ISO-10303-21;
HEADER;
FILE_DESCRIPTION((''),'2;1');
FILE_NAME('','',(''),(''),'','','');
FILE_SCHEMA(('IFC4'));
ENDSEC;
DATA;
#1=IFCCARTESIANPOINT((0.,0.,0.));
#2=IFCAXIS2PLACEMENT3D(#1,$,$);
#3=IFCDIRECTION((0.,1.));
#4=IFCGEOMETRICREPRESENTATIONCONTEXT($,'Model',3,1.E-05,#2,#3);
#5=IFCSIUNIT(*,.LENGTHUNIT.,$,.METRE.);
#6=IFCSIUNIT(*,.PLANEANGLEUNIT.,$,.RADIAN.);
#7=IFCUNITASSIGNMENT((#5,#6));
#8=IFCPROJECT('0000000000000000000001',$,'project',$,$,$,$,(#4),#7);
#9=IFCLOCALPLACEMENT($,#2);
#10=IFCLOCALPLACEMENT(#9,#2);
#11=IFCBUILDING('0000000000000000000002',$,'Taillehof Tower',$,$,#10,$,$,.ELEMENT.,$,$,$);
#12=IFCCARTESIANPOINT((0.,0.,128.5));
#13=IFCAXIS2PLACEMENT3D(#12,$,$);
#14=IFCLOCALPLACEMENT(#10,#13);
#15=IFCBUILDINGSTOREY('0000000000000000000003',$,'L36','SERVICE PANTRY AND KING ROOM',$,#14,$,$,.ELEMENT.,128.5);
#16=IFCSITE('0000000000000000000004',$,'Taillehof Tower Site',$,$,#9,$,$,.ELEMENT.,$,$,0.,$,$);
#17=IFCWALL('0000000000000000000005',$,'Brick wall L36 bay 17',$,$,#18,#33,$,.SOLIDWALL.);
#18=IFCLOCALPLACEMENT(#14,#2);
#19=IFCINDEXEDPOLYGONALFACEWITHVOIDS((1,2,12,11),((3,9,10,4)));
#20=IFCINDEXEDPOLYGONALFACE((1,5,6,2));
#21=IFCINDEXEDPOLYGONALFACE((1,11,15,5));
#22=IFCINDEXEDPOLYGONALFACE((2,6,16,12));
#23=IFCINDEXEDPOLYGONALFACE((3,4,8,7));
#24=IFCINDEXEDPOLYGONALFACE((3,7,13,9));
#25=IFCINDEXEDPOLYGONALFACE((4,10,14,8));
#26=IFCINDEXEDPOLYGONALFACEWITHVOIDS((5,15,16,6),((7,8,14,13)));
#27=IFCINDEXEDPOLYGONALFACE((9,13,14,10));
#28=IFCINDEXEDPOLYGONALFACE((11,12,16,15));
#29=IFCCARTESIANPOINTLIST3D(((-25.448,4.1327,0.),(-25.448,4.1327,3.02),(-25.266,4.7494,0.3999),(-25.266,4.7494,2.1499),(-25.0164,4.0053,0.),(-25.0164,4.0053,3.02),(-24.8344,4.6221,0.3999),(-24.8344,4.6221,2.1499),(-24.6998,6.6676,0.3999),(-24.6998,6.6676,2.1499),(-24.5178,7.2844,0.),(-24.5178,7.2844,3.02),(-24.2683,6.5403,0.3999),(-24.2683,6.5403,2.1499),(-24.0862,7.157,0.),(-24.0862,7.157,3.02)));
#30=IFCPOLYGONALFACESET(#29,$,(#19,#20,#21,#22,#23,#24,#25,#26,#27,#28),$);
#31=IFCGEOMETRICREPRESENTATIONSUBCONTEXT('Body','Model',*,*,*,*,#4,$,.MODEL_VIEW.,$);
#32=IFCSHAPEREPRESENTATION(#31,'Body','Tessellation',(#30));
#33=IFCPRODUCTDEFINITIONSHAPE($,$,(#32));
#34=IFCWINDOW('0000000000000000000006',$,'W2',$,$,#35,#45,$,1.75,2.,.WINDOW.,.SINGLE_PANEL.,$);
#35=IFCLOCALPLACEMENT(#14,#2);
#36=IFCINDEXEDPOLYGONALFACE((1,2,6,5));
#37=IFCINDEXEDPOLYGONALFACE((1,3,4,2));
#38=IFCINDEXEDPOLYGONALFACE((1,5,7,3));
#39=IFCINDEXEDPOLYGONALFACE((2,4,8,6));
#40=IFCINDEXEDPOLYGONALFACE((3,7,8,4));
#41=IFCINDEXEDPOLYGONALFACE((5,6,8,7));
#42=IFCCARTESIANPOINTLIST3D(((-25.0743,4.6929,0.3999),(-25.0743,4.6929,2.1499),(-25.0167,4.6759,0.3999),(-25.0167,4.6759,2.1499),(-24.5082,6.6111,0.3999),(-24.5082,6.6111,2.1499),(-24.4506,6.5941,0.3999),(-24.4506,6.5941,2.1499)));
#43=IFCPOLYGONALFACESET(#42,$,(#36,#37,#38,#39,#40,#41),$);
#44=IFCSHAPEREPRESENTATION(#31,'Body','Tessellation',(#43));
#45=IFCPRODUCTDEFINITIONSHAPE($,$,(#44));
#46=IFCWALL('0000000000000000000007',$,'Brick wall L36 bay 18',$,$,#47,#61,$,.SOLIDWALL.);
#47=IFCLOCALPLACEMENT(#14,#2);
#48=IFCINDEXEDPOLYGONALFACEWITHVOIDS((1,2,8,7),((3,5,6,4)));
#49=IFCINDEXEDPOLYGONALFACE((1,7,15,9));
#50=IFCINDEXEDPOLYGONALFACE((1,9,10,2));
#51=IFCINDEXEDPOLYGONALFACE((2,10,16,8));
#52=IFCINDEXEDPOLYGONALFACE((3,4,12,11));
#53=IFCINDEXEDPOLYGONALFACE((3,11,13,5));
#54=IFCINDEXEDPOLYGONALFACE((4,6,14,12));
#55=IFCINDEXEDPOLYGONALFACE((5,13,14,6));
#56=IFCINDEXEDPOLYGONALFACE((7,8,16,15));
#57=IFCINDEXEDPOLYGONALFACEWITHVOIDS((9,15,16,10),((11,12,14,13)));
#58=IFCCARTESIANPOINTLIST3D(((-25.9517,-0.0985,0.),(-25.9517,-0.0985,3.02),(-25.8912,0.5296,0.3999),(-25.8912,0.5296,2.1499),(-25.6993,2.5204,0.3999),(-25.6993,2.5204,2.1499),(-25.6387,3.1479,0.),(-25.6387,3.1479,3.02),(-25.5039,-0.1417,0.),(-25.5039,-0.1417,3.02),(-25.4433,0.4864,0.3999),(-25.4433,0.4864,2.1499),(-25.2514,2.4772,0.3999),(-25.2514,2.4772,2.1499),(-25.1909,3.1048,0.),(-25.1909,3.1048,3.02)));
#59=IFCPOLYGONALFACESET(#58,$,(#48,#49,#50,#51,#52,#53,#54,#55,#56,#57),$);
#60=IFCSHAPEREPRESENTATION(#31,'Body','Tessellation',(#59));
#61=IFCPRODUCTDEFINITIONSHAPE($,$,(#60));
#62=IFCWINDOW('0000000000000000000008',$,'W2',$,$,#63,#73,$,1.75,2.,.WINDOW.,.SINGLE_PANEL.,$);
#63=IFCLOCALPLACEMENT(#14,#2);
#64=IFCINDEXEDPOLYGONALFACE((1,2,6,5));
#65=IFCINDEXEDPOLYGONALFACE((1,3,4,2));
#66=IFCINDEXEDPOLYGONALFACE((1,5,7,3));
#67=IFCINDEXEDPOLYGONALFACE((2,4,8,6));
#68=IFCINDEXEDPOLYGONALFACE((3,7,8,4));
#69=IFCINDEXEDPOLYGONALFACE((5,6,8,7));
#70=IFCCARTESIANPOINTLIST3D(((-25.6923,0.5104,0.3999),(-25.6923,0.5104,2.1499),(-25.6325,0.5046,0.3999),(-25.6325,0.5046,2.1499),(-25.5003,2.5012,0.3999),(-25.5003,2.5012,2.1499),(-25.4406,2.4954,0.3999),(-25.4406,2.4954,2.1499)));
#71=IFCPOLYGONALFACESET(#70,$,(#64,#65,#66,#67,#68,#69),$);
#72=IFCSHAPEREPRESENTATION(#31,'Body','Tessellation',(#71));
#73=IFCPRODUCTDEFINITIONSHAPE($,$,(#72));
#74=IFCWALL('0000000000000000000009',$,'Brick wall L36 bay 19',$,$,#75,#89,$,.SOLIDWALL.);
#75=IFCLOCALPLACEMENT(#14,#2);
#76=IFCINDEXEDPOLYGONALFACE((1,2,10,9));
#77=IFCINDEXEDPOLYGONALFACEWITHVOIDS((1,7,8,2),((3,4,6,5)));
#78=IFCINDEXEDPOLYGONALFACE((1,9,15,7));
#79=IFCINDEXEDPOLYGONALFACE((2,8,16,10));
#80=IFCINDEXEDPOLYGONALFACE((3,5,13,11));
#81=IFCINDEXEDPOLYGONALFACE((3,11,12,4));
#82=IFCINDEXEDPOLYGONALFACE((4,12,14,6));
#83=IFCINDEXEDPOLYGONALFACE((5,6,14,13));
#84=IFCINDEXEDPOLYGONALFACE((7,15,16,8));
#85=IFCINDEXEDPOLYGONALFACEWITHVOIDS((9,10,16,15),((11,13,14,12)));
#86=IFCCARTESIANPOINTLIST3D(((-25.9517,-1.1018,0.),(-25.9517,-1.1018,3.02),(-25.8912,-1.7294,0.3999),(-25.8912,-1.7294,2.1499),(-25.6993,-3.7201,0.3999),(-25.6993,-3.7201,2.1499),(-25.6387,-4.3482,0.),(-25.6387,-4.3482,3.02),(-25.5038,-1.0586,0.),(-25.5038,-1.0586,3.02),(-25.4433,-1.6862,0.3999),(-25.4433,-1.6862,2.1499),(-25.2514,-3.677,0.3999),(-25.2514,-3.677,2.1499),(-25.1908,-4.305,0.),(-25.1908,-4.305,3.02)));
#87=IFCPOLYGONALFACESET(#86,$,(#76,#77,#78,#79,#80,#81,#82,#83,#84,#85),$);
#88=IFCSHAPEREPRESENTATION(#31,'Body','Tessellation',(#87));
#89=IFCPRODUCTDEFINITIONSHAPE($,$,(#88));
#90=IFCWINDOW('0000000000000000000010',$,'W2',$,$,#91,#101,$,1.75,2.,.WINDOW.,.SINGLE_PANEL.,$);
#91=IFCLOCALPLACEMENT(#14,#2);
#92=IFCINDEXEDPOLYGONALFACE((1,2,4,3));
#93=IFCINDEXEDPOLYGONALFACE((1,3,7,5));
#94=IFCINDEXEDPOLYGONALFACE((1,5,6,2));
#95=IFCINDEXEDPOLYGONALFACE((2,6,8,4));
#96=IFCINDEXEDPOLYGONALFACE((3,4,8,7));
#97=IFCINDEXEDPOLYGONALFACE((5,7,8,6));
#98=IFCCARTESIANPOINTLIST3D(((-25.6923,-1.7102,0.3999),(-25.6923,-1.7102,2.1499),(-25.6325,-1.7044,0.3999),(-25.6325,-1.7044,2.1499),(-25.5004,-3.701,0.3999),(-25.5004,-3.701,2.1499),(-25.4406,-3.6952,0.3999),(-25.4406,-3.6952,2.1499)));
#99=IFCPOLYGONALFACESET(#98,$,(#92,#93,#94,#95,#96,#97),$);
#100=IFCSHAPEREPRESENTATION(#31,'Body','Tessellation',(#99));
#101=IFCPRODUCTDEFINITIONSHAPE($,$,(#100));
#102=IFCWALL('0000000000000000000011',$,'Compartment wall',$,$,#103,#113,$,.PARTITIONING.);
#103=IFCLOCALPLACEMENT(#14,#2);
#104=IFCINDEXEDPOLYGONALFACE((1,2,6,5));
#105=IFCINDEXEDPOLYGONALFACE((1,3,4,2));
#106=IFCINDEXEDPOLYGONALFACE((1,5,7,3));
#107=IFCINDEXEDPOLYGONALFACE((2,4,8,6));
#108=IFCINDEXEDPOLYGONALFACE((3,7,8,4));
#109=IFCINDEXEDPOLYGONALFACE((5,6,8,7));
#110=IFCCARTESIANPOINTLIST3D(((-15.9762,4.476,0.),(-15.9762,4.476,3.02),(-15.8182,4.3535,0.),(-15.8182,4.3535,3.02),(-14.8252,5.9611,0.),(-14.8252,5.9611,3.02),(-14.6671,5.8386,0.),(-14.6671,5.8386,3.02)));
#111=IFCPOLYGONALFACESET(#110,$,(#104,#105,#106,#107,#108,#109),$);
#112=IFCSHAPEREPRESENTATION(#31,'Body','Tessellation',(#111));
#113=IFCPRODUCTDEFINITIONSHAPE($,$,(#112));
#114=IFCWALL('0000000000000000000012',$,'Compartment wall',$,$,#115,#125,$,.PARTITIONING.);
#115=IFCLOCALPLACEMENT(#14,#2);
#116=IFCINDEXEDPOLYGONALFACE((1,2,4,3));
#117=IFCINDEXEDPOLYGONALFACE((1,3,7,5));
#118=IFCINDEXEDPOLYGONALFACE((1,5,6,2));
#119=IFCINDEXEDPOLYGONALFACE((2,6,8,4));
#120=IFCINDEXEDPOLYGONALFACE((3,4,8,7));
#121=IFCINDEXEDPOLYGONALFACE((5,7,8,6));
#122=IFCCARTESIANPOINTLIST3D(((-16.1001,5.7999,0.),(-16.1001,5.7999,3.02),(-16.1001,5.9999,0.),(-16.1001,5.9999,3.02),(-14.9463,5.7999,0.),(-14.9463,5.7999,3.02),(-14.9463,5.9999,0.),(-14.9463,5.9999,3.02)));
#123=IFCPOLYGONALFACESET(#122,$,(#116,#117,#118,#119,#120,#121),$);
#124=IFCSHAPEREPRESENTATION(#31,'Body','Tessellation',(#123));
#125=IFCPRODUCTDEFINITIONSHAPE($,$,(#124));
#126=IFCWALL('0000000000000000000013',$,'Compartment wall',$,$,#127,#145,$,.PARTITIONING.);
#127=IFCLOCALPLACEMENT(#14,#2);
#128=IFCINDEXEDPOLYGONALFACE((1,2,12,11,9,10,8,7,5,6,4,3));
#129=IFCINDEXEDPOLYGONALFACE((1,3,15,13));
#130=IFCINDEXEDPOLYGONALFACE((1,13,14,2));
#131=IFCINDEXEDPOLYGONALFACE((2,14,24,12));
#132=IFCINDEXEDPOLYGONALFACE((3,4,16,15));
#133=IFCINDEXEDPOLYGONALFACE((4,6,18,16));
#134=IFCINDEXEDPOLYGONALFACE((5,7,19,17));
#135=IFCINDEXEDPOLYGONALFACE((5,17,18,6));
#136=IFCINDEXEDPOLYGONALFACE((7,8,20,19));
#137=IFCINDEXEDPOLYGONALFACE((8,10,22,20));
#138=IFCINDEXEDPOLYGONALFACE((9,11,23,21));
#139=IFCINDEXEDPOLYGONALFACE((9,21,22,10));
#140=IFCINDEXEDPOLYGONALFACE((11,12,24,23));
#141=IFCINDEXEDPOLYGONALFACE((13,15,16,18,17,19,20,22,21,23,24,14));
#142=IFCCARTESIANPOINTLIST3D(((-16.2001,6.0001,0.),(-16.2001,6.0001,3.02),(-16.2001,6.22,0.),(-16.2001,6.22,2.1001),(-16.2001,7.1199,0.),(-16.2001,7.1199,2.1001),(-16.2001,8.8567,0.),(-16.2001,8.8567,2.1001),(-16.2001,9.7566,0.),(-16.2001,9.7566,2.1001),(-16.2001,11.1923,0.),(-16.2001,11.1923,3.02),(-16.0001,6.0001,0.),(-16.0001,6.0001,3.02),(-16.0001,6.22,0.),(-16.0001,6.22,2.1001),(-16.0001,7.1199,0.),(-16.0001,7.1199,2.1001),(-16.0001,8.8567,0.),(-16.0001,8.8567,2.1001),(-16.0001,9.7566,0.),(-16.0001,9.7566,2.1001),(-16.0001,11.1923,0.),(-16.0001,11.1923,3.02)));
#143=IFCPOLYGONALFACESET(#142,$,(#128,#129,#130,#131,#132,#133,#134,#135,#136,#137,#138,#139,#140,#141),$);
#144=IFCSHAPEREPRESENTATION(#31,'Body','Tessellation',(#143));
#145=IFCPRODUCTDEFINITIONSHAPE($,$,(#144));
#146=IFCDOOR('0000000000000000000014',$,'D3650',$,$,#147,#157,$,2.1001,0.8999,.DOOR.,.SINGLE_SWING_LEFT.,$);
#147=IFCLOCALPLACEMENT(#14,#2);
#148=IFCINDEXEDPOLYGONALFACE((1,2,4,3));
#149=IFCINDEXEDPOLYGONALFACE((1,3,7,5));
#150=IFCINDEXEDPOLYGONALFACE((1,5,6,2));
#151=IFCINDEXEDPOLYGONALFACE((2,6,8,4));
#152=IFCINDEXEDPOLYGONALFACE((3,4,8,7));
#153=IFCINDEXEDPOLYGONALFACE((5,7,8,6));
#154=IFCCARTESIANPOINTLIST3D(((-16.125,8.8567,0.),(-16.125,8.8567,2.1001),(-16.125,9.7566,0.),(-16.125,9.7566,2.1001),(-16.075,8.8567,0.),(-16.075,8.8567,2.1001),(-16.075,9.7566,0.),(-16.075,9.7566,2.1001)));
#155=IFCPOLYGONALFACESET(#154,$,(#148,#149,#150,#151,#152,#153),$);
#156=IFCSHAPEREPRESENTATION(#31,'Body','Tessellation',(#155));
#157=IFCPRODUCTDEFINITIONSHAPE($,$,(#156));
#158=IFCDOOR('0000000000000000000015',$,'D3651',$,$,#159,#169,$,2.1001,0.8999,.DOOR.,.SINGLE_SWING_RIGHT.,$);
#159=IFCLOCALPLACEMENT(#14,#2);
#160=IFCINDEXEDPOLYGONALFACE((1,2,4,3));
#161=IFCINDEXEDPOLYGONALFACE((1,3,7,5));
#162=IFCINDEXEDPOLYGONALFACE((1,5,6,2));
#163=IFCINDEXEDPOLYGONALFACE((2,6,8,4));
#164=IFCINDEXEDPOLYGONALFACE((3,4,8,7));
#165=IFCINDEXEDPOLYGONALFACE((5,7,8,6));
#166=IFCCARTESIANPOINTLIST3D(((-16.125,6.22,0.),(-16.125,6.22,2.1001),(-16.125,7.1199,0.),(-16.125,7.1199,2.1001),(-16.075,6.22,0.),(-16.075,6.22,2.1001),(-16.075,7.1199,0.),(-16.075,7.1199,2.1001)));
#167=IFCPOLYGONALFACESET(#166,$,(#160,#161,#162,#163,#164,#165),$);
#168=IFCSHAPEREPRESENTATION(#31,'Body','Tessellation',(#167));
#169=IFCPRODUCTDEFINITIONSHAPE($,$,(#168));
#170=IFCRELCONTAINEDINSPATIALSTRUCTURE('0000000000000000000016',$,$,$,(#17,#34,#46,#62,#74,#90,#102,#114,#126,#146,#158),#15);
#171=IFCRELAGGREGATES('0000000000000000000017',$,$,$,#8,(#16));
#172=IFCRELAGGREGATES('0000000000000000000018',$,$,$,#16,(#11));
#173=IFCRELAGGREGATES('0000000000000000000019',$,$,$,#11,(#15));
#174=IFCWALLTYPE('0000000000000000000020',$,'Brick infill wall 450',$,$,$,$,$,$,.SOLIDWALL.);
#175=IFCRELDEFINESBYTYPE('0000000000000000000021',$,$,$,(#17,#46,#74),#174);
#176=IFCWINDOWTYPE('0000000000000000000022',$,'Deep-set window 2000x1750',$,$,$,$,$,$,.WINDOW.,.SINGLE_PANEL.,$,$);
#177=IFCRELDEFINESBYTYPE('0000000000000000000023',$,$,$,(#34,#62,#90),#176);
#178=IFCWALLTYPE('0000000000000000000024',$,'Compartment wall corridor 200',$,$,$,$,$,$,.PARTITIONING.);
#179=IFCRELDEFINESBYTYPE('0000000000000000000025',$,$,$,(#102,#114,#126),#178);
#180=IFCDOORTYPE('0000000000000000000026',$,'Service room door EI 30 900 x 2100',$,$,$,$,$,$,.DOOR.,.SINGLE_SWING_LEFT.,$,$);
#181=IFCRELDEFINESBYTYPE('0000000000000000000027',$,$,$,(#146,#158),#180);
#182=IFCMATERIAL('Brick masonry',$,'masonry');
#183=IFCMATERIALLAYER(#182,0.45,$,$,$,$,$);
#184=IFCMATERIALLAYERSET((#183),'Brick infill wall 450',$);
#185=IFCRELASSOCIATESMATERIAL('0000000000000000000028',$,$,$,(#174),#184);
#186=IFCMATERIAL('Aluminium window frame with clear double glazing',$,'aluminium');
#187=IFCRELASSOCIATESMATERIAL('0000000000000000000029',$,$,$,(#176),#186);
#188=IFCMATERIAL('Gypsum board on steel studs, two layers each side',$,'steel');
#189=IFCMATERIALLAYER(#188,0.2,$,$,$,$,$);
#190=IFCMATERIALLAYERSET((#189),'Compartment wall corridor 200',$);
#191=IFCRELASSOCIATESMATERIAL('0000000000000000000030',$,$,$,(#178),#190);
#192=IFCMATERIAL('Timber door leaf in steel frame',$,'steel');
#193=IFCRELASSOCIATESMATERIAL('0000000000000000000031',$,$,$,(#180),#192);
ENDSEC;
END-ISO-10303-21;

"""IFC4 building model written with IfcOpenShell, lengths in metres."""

from ifc_helpers import new_model, si_unit, direction, frame, frame_2d, origin, place, context, subcontext, project, spatial, rectangle, extrude, material, layer, layer_set, type_object, element, fill, save


model = new_model("IFC4")

# Units and contexts
model_context = context("Model", 3, precision=1e-05, world=origin(), true_north=direction((0.0, 1.0)))
body_context = subcontext(model_context, "Body", "Model", "MODEL_VIEW")
ifc_project = project(units=[si_unit("LENGTHUNIT", "METRE"), si_unit("PLANEANGLEUNIT", "RADIAN")], contexts=[model_context])

# Site, building, storey
site_placement = place(None, origin())
site = spatial("IfcSite", under=ifc_project, at=site_placement, Name="Taillehof Tower Site", CompositionType="ELEMENT", RefElevation=0.0)
building_placement = place(site_placement, origin())
building = spatial("IfcBuilding", under=site, at=building_placement, Name="Taillehof Tower", CompositionType="ELEMENT")
storey_placement = place(building_placement, frame((0.0, 0.0, 128.5)))
storey = spatial("IfcBuildingStorey", under=building, at=storey_placement, Name="L36", Description="SERVICE PANTRY AND KING ROOM", CompositionType="ELEMENT", Elevation=128.5)

# Walls, openings, windows
ifc_material_1 = material(Name="Brick masonry", Category="masonry")
ifc_layer_1 = layer(ifc_material_1, 0.45)
ifc_layer_set_1 = layer_set([ifc_layer_1], Name="Brick infill wall 450")
wall_type_1 = type_object("IfcWallType", Name="Brick infill wall 450", PredefinedType="SOLIDWALL", material=ifc_layer_set_1)
wall_1_placement = place(storey_placement, frame((-24.302, 7.2207, 0.0), z_axis=(0.0, 0.0, 1.0), x_axis=(-0.283071, -0.959099, 0.0)))
wall_1 = element("IfcWall", 1, at=wall_1_placement, inside=storey, type_object=wall_type_1, Name="Brick wall L36 bay 17", PredefinedType="SOLIDWALL", context=body_context, shape_type="SweptSolid", body=[
    extrude(rectangle(XDim=3.2861, YDim=0.45, at=frame_2d((1.6431, 0.0))), origin(), (0.0, 0.0, 1.0), 3.02),
])
opening_1_placement = place(wall_1_placement, frame((0.6431, 0.0, 0.3999)))
opening_1 = element("IfcOpeningElement", 2, at=opening_1_placement, cuts=wall_1, PredefinedType="OPENING", context=body_context, shape_type="SweptSolid", body=[
    extrude(rectangle(XDim=2.0, YDim=1.75, at=frame_2d((1.0, 0.875))), frame((0.0, 0.2349, 0.0), z_axis=(0.0, -1.0, 0.0), x_axis=(1.0, 0.0, 0.0)), (0.0, 0.0, 1.0), 0.47),
])
ifc_material_2 = material(Name="Aluminium window frame with clear double glazing", Category="aluminium")
window_type = type_object("IfcWindowType", Name="Deep-set window 2000x1750", PartitioningType="SINGLE_PANEL", PredefinedType="WINDOW", material=ifc_material_2)
window_1_placement = place(opening_1_placement, origin())
window_1 = element("IfcWindow", 3, at=window_1_placement, inside=storey, type_object=window_type, Name="W2", OverallHeight=1.75, OverallWidth=2.0, PartitioningType="SINGLE_PANEL", PredefinedType="WINDOW", context=body_context, shape_type="SweptSolid", body=[
    extrude(rectangle(XDim=2.0, YDim=1.75, at=frame_2d((1.0, 0.875))), frame((0.0, 0.0349, 0.0), z_axis=(0.0, -1.0, 0.0), x_axis=(1.0, 0.0, 0.0)), (0.0, 0.0, 1.0), 0.0601),
])
fill(opening_1, window_1)
wall_2_placement = place(storey_placement, frame((-25.4148, 3.1265, 0.0), z_axis=(0.0, 0.0, 1.0), x_axis=(-0.095968, -0.995384, 0.0)))
wall_2 = element("IfcWall", 4, at=wall_2_placement, inside=storey, type_object=wall_type_1, Name="Brick wall L36 bay 18", PredefinedType="SOLIDWALL", context=body_context, shape_type="SweptSolid", body=[
    extrude(rectangle(XDim=3.2615, YDim=0.45, at=frame_2d((1.6309, 0.0))), origin(), (0.0, 0.0, 1.0), 3.02),
])
opening_2_placement = place(wall_2_placement, frame((0.6306, 0.0, 0.3999)))
opening_2 = element("IfcOpeningElement", 5, at=opening_2_placement, cuts=wall_2, PredefinedType="OPENING", context=body_context, shape_type="SweptSolid", body=[
    extrude(rectangle(XDim=2.0, YDim=1.75, at=frame_2d((1.0, 0.875))), frame((0.0, 0.2349, 0.0), z_axis=(0.0, -1.0, 0.0), x_axis=(1.0, 0.0, 0.0)), (0.0, 0.0, 1.0), 0.47),
])
window_2_placement = place(opening_2_placement, origin())
window_2 = element("IfcWindow", 6, at=window_2_placement, inside=storey, type_object=window_type, Name="W2", OverallHeight=1.75, OverallWidth=2.0, PartitioningType="SINGLE_PANEL", PredefinedType="WINDOW", context=body_context, shape_type="SweptSolid", body=[
    extrude(rectangle(XDim=2.0, YDim=1.75, at=frame_2d((1.0, 0.875))), frame((0.0, 0.0349, 0.0), z_axis=(0.0, -1.0, 0.0), x_axis=(1.0, 0.0, 0.0)), (0.0, 0.0, 1.0), 0.0601),
])
fill(opening_2, window_2)
wall_3_placement = place(storey_placement, frame((-25.7278, -1.0801, 0.0), z_axis=(0.0, 0.0, 1.0), x_axis=(0.095968, -0.995384, 0.0)))
wall_3 = element("IfcWall", 7, at=wall_3_placement, inside=storey, type_object=wall_type_1, Name="Brick wall L36 bay 19", PredefinedType="SOLIDWALL", context=body_context, shape_type="SweptSolid", body=[
    extrude(rectangle(XDim=3.2615, YDim=0.45, at=frame_2d((1.6309, 0.0))), origin(), (0.0, 0.0, 1.0), 3.02),
])
opening_3_placement = place(wall_3_placement, frame((0.6306, 0.0, 0.3999)))
opening_3 = element("IfcOpeningElement", 8, at=opening_3_placement, cuts=wall_3, PredefinedType="OPENING", context=body_context, shape_type="SweptSolid", body=[
    extrude(rectangle(XDim=2.0, YDim=1.75, at=frame_2d((1.0, 0.875))), frame((0.0, 0.2349, 0.0), z_axis=(0.0, -1.0, 0.0), x_axis=(1.0, 0.0, 0.0)), (0.0, 0.0, 1.0), 0.47),
])
window_3_placement = place(opening_3_placement, origin())
window_3 = element("IfcWindow", 9, at=window_3_placement, inside=storey, type_object=window_type, Name="W2", OverallHeight=1.75, OverallWidth=2.0, PartitioningType="SINGLE_PANEL", PredefinedType="WINDOW", context=body_context, shape_type="SweptSolid", body=[
    extrude(rectangle(XDim=2.0, YDim=1.75, at=frame_2d((1.0, 0.875))), frame((0.0, 0.0349, 0.0), z_axis=(0.0, -1.0, 0.0), x_axis=(1.0, 0.0, 0.0)), (0.0, 0.0, 1.0), 0.0601),
])
fill(opening_3, window_3)

# Walls
ifc_material_3 = material(Name="Gypsum board on steel studs, two layers each side", Category="steel")
ifc_layer_2 = layer(ifc_material_3, 0.2)
ifc_layer_set_2 = layer_set([ifc_layer_2], Name="Compartment wall corridor 200")
wall_type_2 = type_object("IfcWallType", Name="Compartment wall corridor 200", PredefinedType="PARTITIONING", material=ifc_layer_set_2)
wall_4_placement = place(storey_placement, frame((-15.8972, 4.4148, 0.0), z_axis=(0.0, 0.0, 1.0), x_axis=(0.612626, 0.790373, 0.0)))
element("IfcWall", 10, at=wall_4_placement, inside=storey, type_object=wall_type_2, Name="Compartment wall", PredefinedType="PARTITIONING", context=body_context, shape_type="SweptSolid", body=[
    extrude(rectangle(XDim=1.8789, YDim=0.2, at=frame_2d((0.9395, 0.0))), origin(), (0.0, 0.0, 1.0), 3.02),
])
wall_5_placement = place(storey_placement, frame((-14.9463, 5.8999, 0.0), z_axis=(0.0, 0.0, 1.0), x_axis=(-1.0, 0.0, 0.0)))
element("IfcWall", 11, at=wall_5_placement, inside=storey, type_object=wall_type_2, Name="Compartment wall", PredefinedType="PARTITIONING", context=body_context, shape_type="SweptSolid", body=[
    extrude(rectangle(XDim=1.1538, YDim=0.2, at=frame_2d((0.5769, 0.0))), origin(), (0.0, 0.0, 1.0), 3.02),
])

# Wall, openings, doors
wall_6_placement = place(storey_placement, frame((-16.1001, 6.0, 0.0), z_axis=(0.0, 0.0, 1.0), x_axis=(0.0, 1.0, 0.0)))
wall_6 = element("IfcWall", 12, at=wall_6_placement, inside=storey, type_object=wall_type_2, Name="Compartment wall", PredefinedType="PARTITIONING", context=body_context, shape_type="SweptSolid", body=[
    extrude(rectangle(XDim=5.1921, YDim=0.2, at=frame_2d((2.5962, 0.0))), origin(), (0.0, 0.0, 1.0), 3.02),
])
opening_4_placement = place(wall_6_placement, frame((2.8567, 0.0, 0.0)))
opening_4 = element("IfcOpeningElement", 13, at=opening_4_placement, cuts=wall_6, PredefinedType="OPENING", context=body_context, shape_type="SweptSolid", body=[
    extrude(rectangle(XDim=0.8999, YDim=2.1001, at=frame_2d((0.45, 1.05))), frame((0.0, 0.1099, 0.0), z_axis=(0.0, -1.0, 0.0), x_axis=(1.0, 0.0, 0.0)), (0.0, 0.0, 1.0), 0.22),
])
opening_5_placement = place(wall_6_placement, frame((0.22, 0.0, 0.0)))
opening_5 = element("IfcOpeningElement", 14, at=opening_5_placement, cuts=wall_6, PredefinedType="OPENING", context=body_context, shape_type="SweptSolid", body=[
    extrude(rectangle(XDim=0.8999, YDim=2.1001, at=frame_2d((0.45, 1.05))), frame((0.0, 0.1099, 0.0), z_axis=(0.0, -1.0, 0.0), x_axis=(1.0, 0.0, 0.0)), (0.0, 0.0, 1.0), 0.22),
])
ifc_material_4 = material(Name="Timber door leaf in steel frame", Category="steel")
door_type = type_object("IfcDoorType", Name="Service room door EI 30 900 x 2100", OperationType="SINGLE_SWING_LEFT", PredefinedType="DOOR", material=ifc_material_4)
door_1_placement = place(opening_4_placement, origin())
door_1 = element("IfcDoor", 15, at=door_1_placement, inside=storey, type_object=door_type, Name="D3650", OperationType="SINGLE_SWING_LEFT", OverallHeight=2.1001, OverallWidth=0.8999, PredefinedType="DOOR", context=body_context, shape_type="SweptSolid", body=[
    extrude(rectangle(XDim=0.8999, YDim=2.1001, at=frame_2d((0.45, 1.05))), frame((0.0, 0.0249, 0.0), z_axis=(0.0, -1.0, 0.0), x_axis=(1.0, 0.0, 0.0)), (0.0, 0.0, 1.0), 0.05),
])
fill(opening_4, door_1)
door_2_placement = place(opening_5_placement, origin())
door_2 = element("IfcDoor", 16, at=door_2_placement, inside=storey, type_object=door_type, Name="D3651", OperationType="SINGLE_SWING_RIGHT", OverallHeight=2.1001, OverallWidth=0.8999, PredefinedType="DOOR", context=body_context, shape_type="SweptSolid", body=[
    extrude(rectangle(XDim=0.8999, YDim=2.1001, at=frame_2d((0.45, 1.05))), frame((0.0, 0.0249, 0.0), z_axis=(0.0, -1.0, 0.0), x_axis=(1.0, 0.0, 0.0)), (0.0, 0.0, 1.0), 0.05),
])
fill(opening_5, door_2)

save(model, "model.ifc")
